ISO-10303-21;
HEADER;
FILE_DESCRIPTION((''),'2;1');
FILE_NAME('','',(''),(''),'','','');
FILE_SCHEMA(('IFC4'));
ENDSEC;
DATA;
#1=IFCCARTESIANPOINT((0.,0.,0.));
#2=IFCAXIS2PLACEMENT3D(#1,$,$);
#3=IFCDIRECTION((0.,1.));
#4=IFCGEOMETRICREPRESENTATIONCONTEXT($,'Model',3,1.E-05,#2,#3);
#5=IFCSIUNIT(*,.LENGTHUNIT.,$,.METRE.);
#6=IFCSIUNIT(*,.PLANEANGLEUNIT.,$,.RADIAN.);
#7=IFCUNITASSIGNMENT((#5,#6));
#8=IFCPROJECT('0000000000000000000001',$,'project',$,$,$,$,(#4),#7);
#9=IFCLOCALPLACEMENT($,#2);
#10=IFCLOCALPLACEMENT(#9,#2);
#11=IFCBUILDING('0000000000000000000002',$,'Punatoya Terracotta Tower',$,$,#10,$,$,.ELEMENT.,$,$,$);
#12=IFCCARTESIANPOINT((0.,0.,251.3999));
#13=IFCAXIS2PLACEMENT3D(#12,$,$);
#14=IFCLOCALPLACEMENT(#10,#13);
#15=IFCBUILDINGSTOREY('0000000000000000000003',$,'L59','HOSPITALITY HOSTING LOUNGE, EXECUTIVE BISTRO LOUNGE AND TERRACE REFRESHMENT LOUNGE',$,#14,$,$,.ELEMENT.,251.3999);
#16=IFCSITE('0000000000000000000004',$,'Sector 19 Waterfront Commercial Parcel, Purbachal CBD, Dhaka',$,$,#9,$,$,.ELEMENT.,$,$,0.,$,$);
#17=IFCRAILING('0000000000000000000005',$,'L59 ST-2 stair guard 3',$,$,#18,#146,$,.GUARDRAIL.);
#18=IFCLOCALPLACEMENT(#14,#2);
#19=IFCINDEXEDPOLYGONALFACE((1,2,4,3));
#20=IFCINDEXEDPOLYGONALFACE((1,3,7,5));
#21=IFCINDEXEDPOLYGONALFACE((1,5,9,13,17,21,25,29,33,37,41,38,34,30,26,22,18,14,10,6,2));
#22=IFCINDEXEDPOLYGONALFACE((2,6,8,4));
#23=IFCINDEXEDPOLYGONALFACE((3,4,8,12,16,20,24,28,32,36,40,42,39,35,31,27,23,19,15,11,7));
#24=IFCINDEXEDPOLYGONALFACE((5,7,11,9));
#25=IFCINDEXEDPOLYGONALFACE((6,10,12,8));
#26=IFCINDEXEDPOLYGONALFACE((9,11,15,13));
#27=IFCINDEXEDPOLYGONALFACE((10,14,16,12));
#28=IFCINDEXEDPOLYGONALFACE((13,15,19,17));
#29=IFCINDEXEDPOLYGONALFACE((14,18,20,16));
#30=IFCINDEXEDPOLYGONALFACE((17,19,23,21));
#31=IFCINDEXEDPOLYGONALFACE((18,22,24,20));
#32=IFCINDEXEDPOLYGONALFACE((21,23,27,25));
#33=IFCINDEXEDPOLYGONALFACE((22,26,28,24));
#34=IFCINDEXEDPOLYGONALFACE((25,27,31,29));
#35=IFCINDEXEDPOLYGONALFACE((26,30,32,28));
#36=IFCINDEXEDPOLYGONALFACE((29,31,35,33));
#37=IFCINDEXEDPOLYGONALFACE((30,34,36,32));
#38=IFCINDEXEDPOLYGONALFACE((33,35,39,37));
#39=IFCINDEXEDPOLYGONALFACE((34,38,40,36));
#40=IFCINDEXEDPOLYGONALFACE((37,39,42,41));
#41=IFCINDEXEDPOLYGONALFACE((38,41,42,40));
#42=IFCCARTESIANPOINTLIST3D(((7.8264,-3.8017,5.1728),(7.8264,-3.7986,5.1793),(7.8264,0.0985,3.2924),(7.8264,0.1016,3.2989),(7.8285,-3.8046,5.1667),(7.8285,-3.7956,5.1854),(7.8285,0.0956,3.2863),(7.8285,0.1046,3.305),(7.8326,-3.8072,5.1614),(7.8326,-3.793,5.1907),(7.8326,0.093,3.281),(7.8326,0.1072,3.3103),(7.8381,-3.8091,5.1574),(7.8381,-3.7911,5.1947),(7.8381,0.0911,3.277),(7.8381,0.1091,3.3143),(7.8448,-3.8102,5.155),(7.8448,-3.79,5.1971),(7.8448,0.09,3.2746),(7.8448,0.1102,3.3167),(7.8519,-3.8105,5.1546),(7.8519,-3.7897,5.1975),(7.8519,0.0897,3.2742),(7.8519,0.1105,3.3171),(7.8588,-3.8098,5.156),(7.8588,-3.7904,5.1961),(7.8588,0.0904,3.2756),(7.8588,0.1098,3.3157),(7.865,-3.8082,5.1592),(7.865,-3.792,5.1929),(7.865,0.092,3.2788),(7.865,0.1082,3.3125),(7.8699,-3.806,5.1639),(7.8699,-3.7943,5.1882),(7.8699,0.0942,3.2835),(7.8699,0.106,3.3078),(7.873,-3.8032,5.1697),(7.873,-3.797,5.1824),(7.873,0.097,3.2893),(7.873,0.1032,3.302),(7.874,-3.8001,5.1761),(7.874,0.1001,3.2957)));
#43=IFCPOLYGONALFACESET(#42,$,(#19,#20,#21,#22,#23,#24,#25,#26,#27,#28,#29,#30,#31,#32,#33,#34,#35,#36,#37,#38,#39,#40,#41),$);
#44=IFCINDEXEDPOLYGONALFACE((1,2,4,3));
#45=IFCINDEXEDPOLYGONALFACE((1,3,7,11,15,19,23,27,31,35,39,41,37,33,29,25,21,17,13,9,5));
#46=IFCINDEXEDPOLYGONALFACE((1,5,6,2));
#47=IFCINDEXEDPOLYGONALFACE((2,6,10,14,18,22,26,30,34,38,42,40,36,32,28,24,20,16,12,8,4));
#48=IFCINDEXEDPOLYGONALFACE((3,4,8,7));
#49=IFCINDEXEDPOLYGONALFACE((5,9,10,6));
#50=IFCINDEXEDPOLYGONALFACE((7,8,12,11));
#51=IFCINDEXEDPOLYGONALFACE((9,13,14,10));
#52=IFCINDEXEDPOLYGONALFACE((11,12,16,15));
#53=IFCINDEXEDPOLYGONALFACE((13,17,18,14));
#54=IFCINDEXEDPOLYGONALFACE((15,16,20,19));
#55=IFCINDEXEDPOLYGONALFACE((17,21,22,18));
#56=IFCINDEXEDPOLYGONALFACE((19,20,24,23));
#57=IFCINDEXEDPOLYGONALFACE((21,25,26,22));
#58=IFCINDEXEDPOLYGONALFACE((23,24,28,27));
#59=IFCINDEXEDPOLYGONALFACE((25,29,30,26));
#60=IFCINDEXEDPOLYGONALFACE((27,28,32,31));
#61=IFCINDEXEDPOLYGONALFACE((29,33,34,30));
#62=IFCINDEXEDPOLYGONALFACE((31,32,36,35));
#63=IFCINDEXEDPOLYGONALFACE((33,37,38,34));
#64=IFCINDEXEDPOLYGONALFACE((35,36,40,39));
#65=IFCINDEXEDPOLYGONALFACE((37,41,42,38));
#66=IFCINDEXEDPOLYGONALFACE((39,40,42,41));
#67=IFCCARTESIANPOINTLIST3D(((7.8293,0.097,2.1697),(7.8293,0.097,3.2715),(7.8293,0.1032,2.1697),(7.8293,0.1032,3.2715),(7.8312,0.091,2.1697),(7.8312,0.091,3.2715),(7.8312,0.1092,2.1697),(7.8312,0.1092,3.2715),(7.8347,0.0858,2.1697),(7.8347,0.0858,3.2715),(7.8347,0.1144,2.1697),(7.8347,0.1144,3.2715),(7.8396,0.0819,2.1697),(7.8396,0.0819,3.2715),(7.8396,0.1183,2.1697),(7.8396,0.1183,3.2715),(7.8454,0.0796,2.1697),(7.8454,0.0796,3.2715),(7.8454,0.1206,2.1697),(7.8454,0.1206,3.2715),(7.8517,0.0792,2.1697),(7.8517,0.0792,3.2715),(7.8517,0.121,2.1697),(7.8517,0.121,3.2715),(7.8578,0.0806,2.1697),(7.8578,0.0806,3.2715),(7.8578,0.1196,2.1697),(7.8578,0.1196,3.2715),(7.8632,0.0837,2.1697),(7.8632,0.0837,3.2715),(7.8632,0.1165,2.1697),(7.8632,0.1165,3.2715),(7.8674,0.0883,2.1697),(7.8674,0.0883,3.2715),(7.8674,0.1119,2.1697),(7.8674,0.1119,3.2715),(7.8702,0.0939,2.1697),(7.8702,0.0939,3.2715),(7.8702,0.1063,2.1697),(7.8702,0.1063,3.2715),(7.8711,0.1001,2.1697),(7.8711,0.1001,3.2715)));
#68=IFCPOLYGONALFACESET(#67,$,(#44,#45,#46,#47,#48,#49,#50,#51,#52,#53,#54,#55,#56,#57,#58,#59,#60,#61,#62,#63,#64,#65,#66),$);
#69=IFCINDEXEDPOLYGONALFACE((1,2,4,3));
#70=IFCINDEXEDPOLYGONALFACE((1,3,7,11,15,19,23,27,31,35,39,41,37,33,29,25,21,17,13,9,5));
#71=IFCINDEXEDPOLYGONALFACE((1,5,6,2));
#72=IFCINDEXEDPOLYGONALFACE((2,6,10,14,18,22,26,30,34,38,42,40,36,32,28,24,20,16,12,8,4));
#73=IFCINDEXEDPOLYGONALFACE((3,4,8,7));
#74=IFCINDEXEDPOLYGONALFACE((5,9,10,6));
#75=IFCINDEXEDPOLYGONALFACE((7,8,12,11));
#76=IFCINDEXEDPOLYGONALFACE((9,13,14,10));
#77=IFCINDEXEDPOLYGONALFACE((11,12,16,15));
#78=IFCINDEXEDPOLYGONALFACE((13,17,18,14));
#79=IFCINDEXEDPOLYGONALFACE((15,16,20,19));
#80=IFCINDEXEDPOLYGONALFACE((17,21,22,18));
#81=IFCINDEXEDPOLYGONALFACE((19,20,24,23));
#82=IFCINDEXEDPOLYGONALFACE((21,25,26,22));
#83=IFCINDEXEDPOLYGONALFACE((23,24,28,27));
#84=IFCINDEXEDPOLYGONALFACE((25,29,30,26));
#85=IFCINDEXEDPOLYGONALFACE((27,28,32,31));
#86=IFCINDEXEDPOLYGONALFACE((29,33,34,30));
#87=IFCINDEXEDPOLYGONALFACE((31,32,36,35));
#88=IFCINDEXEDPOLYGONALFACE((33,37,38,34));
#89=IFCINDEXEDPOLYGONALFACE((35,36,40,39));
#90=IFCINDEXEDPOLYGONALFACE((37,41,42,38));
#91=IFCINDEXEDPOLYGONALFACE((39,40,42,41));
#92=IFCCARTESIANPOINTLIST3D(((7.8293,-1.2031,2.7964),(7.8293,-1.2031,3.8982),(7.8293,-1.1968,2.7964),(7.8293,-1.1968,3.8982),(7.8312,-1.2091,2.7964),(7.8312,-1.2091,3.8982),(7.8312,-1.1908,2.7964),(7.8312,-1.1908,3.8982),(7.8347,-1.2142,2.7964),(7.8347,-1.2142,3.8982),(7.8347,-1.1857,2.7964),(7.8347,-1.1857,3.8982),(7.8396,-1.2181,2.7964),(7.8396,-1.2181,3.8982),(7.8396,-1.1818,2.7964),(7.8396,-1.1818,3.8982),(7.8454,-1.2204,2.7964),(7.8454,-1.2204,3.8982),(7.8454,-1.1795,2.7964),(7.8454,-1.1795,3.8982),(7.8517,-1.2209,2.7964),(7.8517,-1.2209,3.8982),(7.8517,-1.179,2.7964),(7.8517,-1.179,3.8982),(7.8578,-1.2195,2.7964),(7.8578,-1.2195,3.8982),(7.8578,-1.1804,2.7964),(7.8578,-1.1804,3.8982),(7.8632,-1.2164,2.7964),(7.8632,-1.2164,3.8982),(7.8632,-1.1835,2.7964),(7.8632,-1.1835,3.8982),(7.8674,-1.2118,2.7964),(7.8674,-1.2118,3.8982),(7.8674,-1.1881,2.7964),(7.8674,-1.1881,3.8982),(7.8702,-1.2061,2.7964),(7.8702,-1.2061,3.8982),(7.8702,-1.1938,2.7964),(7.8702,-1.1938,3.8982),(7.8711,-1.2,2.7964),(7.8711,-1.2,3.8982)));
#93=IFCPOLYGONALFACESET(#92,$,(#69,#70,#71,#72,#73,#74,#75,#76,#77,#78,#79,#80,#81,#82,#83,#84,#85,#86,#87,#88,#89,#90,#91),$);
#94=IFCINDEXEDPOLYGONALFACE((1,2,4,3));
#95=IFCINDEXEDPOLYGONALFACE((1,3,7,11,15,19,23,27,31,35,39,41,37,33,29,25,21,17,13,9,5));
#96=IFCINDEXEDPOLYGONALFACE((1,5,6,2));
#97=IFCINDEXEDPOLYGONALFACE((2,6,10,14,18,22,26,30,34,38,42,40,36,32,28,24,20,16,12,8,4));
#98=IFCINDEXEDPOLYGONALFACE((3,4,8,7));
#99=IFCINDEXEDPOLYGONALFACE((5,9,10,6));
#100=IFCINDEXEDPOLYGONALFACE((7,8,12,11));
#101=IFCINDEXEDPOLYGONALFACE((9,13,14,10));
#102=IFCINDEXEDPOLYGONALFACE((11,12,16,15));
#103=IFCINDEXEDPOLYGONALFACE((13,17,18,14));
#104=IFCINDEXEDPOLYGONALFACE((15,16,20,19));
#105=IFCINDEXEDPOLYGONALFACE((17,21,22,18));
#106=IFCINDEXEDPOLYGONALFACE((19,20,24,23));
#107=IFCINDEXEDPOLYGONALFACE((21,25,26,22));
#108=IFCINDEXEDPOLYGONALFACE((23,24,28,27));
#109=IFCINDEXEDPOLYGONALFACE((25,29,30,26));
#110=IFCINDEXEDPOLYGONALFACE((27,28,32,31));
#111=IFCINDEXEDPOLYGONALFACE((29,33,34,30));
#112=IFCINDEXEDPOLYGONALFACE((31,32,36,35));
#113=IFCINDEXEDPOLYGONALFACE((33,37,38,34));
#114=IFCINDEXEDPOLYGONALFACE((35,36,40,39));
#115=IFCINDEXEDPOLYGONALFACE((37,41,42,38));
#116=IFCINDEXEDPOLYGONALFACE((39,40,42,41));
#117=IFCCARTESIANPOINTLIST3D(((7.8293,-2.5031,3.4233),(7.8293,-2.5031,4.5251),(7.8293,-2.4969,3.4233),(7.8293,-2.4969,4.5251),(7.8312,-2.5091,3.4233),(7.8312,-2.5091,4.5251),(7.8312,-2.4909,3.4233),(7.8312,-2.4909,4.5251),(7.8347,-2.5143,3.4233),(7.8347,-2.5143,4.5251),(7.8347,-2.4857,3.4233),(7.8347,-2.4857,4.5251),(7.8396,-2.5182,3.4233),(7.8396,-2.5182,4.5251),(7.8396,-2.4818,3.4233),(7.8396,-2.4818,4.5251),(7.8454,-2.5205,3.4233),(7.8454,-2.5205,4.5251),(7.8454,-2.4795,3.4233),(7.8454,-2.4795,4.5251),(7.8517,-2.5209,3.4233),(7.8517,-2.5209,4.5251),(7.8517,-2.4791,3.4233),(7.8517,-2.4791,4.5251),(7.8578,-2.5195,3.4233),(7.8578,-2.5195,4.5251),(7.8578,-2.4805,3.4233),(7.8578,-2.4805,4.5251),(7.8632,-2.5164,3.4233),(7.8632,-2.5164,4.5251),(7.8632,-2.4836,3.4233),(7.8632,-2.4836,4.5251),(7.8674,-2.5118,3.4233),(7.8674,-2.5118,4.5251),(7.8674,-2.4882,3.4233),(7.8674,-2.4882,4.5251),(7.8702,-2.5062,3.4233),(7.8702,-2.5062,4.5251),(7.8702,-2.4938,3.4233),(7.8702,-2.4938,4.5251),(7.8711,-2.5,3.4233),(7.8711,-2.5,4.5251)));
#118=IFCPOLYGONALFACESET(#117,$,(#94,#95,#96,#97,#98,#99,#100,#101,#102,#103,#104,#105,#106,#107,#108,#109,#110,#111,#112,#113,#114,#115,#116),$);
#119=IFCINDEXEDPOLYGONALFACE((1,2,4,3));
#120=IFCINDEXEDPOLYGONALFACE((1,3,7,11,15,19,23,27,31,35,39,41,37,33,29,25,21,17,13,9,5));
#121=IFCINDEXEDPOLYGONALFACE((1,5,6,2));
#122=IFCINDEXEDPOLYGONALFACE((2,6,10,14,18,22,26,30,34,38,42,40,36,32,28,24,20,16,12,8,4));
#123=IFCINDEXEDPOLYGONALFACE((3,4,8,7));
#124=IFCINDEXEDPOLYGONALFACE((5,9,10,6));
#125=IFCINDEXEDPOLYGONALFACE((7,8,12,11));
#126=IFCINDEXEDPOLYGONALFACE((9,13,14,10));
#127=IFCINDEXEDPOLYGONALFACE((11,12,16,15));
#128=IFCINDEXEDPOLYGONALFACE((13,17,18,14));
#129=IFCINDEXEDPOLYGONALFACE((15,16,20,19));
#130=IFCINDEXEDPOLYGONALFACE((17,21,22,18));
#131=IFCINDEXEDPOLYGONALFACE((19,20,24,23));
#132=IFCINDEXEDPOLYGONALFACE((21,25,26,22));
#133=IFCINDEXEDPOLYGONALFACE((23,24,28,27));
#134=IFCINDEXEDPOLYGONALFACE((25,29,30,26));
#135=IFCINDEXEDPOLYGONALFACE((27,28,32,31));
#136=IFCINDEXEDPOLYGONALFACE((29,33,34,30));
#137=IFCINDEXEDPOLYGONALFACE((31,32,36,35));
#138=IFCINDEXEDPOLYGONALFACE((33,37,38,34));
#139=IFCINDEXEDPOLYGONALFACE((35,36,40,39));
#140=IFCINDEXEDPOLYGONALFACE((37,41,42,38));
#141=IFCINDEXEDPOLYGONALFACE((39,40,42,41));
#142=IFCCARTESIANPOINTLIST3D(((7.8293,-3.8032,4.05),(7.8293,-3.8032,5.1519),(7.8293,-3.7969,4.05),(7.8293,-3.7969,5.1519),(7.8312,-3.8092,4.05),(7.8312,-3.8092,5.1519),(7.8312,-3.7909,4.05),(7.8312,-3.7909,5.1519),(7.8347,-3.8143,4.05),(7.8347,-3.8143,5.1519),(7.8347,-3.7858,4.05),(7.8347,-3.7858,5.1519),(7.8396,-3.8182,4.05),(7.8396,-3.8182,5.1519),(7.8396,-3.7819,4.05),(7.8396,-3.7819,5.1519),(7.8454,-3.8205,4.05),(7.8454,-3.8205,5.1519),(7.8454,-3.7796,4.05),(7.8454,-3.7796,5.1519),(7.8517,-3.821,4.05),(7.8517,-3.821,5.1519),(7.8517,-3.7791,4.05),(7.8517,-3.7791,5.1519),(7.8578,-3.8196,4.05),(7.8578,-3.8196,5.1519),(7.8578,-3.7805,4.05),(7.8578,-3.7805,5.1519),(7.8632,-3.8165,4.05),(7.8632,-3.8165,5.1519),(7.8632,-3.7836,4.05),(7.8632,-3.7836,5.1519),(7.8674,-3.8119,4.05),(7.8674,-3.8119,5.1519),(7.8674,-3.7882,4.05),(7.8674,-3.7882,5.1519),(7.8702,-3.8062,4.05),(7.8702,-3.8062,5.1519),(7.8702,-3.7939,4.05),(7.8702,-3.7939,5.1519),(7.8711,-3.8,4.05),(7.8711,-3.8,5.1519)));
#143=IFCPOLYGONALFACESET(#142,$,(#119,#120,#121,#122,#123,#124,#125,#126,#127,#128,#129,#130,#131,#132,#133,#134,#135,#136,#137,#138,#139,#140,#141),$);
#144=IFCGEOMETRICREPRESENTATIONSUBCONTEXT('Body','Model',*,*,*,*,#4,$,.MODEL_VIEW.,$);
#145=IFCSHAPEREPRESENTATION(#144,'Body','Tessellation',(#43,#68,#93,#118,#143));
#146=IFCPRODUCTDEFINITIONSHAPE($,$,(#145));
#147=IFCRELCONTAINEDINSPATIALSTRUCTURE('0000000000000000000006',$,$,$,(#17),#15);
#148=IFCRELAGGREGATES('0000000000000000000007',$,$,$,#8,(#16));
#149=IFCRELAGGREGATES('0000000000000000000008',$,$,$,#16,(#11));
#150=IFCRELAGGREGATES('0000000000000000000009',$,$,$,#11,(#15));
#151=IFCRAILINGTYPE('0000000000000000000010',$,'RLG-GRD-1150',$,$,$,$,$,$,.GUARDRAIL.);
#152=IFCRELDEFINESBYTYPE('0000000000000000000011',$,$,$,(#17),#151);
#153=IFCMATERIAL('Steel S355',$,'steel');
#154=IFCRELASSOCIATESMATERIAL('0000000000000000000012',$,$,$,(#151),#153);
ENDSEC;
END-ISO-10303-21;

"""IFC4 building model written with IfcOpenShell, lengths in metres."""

from ifc_helpers import new_model, si_unit, direction, frame, origin, origin_2d, place, context, subcontext, project, spatial, circle, extrude, material, type_object, element, save


model = new_model("IFC4")

# Units and contexts
model_context = context("Model", 3, precision=1e-05, world=origin(), true_north=direction((0.0, 1.0)))
body_context = subcontext(model_context, "Body", "Model", "MODEL_VIEW")
ifc_project = project(units=[si_unit("LENGTHUNIT", "METRE"), si_unit("PLANEANGLEUNIT", "RADIAN")], contexts=[model_context])

# Site, building, storey
site_placement = place(None, origin())
site = spatial("IfcSite", under=ifc_project, at=site_placement, Name="Sector 19 Waterfront Commercial Parcel, Purbachal CBD, Dhaka", CompositionType="ELEMENT", RefElevation=0.0)
building_placement = place(site_placement, origin())
building = spatial("IfcBuilding", under=site, at=building_placement, Name="Punatoya Terracotta Tower", CompositionType="ELEMENT")
storey_placement = place(building_placement, frame((0.0, 0.0, 251.3999)))
storey = spatial("IfcBuildingStorey", under=building, at=storey_placement, Name="L59", Description="HOSPITALITY HOSTING LOUNGE, EXECUTIVE BISTRO LOUNGE AND TERRACE REFRESHMENT LOUNGE", CompositionType="ELEMENT", Elevation=251.3999)

# Shared definitions
ifc_material_1 = material(Name="Steel S355", Category="steel")

# Railing
railing_type_1 = type_object("IfcRailingType", Name="RLG-GRD-1150", PredefinedType="GUARDRAIL", material=ifc_material_1)
railing_1_placement = place(storey_placement, frame((7.8501, 0.1001, 2.1697)))
element("IfcRailing", 1, at=railing_1_placement, inside=storey, type_object=railing_type_1, Name="L59 ST-2 stair guard 3", PredefinedType="GUARDRAIL", context=body_context, shape_type="SweptSolid", body=[
    extrude(circle(Radius=0.0239, at=origin_2d()), frame((0.0, 0.0, 1.126), z_axis=(0.0, -0.900774, 0.434289), x_axis=(1.0, 0.0, 0.0)), (0.0, 0.0, 1.0), 4.3298),
    extrude(circle(Radius=0.021, at=origin_2d()), origin(), (0.0, 0.0, 1.0), 1.1018),
    extrude(circle(Radius=0.021, at=origin_2d()), frame((0.0, -1.3, 0.6267)), (0.0, 0.0, 1.0), 1.1018),
    extrude(circle(Radius=0.021, at=origin_2d()), frame((0.0, -2.6001, 1.2537)), (0.0, 0.0, 1.0), 1.1018),
    extrude(circle(Radius=0.021, at=origin_2d()), frame((0.0, -3.9001, 1.8804)), (0.0, 0.0, 1.0), 1.1018),
])

save(model, "model.ifc")
